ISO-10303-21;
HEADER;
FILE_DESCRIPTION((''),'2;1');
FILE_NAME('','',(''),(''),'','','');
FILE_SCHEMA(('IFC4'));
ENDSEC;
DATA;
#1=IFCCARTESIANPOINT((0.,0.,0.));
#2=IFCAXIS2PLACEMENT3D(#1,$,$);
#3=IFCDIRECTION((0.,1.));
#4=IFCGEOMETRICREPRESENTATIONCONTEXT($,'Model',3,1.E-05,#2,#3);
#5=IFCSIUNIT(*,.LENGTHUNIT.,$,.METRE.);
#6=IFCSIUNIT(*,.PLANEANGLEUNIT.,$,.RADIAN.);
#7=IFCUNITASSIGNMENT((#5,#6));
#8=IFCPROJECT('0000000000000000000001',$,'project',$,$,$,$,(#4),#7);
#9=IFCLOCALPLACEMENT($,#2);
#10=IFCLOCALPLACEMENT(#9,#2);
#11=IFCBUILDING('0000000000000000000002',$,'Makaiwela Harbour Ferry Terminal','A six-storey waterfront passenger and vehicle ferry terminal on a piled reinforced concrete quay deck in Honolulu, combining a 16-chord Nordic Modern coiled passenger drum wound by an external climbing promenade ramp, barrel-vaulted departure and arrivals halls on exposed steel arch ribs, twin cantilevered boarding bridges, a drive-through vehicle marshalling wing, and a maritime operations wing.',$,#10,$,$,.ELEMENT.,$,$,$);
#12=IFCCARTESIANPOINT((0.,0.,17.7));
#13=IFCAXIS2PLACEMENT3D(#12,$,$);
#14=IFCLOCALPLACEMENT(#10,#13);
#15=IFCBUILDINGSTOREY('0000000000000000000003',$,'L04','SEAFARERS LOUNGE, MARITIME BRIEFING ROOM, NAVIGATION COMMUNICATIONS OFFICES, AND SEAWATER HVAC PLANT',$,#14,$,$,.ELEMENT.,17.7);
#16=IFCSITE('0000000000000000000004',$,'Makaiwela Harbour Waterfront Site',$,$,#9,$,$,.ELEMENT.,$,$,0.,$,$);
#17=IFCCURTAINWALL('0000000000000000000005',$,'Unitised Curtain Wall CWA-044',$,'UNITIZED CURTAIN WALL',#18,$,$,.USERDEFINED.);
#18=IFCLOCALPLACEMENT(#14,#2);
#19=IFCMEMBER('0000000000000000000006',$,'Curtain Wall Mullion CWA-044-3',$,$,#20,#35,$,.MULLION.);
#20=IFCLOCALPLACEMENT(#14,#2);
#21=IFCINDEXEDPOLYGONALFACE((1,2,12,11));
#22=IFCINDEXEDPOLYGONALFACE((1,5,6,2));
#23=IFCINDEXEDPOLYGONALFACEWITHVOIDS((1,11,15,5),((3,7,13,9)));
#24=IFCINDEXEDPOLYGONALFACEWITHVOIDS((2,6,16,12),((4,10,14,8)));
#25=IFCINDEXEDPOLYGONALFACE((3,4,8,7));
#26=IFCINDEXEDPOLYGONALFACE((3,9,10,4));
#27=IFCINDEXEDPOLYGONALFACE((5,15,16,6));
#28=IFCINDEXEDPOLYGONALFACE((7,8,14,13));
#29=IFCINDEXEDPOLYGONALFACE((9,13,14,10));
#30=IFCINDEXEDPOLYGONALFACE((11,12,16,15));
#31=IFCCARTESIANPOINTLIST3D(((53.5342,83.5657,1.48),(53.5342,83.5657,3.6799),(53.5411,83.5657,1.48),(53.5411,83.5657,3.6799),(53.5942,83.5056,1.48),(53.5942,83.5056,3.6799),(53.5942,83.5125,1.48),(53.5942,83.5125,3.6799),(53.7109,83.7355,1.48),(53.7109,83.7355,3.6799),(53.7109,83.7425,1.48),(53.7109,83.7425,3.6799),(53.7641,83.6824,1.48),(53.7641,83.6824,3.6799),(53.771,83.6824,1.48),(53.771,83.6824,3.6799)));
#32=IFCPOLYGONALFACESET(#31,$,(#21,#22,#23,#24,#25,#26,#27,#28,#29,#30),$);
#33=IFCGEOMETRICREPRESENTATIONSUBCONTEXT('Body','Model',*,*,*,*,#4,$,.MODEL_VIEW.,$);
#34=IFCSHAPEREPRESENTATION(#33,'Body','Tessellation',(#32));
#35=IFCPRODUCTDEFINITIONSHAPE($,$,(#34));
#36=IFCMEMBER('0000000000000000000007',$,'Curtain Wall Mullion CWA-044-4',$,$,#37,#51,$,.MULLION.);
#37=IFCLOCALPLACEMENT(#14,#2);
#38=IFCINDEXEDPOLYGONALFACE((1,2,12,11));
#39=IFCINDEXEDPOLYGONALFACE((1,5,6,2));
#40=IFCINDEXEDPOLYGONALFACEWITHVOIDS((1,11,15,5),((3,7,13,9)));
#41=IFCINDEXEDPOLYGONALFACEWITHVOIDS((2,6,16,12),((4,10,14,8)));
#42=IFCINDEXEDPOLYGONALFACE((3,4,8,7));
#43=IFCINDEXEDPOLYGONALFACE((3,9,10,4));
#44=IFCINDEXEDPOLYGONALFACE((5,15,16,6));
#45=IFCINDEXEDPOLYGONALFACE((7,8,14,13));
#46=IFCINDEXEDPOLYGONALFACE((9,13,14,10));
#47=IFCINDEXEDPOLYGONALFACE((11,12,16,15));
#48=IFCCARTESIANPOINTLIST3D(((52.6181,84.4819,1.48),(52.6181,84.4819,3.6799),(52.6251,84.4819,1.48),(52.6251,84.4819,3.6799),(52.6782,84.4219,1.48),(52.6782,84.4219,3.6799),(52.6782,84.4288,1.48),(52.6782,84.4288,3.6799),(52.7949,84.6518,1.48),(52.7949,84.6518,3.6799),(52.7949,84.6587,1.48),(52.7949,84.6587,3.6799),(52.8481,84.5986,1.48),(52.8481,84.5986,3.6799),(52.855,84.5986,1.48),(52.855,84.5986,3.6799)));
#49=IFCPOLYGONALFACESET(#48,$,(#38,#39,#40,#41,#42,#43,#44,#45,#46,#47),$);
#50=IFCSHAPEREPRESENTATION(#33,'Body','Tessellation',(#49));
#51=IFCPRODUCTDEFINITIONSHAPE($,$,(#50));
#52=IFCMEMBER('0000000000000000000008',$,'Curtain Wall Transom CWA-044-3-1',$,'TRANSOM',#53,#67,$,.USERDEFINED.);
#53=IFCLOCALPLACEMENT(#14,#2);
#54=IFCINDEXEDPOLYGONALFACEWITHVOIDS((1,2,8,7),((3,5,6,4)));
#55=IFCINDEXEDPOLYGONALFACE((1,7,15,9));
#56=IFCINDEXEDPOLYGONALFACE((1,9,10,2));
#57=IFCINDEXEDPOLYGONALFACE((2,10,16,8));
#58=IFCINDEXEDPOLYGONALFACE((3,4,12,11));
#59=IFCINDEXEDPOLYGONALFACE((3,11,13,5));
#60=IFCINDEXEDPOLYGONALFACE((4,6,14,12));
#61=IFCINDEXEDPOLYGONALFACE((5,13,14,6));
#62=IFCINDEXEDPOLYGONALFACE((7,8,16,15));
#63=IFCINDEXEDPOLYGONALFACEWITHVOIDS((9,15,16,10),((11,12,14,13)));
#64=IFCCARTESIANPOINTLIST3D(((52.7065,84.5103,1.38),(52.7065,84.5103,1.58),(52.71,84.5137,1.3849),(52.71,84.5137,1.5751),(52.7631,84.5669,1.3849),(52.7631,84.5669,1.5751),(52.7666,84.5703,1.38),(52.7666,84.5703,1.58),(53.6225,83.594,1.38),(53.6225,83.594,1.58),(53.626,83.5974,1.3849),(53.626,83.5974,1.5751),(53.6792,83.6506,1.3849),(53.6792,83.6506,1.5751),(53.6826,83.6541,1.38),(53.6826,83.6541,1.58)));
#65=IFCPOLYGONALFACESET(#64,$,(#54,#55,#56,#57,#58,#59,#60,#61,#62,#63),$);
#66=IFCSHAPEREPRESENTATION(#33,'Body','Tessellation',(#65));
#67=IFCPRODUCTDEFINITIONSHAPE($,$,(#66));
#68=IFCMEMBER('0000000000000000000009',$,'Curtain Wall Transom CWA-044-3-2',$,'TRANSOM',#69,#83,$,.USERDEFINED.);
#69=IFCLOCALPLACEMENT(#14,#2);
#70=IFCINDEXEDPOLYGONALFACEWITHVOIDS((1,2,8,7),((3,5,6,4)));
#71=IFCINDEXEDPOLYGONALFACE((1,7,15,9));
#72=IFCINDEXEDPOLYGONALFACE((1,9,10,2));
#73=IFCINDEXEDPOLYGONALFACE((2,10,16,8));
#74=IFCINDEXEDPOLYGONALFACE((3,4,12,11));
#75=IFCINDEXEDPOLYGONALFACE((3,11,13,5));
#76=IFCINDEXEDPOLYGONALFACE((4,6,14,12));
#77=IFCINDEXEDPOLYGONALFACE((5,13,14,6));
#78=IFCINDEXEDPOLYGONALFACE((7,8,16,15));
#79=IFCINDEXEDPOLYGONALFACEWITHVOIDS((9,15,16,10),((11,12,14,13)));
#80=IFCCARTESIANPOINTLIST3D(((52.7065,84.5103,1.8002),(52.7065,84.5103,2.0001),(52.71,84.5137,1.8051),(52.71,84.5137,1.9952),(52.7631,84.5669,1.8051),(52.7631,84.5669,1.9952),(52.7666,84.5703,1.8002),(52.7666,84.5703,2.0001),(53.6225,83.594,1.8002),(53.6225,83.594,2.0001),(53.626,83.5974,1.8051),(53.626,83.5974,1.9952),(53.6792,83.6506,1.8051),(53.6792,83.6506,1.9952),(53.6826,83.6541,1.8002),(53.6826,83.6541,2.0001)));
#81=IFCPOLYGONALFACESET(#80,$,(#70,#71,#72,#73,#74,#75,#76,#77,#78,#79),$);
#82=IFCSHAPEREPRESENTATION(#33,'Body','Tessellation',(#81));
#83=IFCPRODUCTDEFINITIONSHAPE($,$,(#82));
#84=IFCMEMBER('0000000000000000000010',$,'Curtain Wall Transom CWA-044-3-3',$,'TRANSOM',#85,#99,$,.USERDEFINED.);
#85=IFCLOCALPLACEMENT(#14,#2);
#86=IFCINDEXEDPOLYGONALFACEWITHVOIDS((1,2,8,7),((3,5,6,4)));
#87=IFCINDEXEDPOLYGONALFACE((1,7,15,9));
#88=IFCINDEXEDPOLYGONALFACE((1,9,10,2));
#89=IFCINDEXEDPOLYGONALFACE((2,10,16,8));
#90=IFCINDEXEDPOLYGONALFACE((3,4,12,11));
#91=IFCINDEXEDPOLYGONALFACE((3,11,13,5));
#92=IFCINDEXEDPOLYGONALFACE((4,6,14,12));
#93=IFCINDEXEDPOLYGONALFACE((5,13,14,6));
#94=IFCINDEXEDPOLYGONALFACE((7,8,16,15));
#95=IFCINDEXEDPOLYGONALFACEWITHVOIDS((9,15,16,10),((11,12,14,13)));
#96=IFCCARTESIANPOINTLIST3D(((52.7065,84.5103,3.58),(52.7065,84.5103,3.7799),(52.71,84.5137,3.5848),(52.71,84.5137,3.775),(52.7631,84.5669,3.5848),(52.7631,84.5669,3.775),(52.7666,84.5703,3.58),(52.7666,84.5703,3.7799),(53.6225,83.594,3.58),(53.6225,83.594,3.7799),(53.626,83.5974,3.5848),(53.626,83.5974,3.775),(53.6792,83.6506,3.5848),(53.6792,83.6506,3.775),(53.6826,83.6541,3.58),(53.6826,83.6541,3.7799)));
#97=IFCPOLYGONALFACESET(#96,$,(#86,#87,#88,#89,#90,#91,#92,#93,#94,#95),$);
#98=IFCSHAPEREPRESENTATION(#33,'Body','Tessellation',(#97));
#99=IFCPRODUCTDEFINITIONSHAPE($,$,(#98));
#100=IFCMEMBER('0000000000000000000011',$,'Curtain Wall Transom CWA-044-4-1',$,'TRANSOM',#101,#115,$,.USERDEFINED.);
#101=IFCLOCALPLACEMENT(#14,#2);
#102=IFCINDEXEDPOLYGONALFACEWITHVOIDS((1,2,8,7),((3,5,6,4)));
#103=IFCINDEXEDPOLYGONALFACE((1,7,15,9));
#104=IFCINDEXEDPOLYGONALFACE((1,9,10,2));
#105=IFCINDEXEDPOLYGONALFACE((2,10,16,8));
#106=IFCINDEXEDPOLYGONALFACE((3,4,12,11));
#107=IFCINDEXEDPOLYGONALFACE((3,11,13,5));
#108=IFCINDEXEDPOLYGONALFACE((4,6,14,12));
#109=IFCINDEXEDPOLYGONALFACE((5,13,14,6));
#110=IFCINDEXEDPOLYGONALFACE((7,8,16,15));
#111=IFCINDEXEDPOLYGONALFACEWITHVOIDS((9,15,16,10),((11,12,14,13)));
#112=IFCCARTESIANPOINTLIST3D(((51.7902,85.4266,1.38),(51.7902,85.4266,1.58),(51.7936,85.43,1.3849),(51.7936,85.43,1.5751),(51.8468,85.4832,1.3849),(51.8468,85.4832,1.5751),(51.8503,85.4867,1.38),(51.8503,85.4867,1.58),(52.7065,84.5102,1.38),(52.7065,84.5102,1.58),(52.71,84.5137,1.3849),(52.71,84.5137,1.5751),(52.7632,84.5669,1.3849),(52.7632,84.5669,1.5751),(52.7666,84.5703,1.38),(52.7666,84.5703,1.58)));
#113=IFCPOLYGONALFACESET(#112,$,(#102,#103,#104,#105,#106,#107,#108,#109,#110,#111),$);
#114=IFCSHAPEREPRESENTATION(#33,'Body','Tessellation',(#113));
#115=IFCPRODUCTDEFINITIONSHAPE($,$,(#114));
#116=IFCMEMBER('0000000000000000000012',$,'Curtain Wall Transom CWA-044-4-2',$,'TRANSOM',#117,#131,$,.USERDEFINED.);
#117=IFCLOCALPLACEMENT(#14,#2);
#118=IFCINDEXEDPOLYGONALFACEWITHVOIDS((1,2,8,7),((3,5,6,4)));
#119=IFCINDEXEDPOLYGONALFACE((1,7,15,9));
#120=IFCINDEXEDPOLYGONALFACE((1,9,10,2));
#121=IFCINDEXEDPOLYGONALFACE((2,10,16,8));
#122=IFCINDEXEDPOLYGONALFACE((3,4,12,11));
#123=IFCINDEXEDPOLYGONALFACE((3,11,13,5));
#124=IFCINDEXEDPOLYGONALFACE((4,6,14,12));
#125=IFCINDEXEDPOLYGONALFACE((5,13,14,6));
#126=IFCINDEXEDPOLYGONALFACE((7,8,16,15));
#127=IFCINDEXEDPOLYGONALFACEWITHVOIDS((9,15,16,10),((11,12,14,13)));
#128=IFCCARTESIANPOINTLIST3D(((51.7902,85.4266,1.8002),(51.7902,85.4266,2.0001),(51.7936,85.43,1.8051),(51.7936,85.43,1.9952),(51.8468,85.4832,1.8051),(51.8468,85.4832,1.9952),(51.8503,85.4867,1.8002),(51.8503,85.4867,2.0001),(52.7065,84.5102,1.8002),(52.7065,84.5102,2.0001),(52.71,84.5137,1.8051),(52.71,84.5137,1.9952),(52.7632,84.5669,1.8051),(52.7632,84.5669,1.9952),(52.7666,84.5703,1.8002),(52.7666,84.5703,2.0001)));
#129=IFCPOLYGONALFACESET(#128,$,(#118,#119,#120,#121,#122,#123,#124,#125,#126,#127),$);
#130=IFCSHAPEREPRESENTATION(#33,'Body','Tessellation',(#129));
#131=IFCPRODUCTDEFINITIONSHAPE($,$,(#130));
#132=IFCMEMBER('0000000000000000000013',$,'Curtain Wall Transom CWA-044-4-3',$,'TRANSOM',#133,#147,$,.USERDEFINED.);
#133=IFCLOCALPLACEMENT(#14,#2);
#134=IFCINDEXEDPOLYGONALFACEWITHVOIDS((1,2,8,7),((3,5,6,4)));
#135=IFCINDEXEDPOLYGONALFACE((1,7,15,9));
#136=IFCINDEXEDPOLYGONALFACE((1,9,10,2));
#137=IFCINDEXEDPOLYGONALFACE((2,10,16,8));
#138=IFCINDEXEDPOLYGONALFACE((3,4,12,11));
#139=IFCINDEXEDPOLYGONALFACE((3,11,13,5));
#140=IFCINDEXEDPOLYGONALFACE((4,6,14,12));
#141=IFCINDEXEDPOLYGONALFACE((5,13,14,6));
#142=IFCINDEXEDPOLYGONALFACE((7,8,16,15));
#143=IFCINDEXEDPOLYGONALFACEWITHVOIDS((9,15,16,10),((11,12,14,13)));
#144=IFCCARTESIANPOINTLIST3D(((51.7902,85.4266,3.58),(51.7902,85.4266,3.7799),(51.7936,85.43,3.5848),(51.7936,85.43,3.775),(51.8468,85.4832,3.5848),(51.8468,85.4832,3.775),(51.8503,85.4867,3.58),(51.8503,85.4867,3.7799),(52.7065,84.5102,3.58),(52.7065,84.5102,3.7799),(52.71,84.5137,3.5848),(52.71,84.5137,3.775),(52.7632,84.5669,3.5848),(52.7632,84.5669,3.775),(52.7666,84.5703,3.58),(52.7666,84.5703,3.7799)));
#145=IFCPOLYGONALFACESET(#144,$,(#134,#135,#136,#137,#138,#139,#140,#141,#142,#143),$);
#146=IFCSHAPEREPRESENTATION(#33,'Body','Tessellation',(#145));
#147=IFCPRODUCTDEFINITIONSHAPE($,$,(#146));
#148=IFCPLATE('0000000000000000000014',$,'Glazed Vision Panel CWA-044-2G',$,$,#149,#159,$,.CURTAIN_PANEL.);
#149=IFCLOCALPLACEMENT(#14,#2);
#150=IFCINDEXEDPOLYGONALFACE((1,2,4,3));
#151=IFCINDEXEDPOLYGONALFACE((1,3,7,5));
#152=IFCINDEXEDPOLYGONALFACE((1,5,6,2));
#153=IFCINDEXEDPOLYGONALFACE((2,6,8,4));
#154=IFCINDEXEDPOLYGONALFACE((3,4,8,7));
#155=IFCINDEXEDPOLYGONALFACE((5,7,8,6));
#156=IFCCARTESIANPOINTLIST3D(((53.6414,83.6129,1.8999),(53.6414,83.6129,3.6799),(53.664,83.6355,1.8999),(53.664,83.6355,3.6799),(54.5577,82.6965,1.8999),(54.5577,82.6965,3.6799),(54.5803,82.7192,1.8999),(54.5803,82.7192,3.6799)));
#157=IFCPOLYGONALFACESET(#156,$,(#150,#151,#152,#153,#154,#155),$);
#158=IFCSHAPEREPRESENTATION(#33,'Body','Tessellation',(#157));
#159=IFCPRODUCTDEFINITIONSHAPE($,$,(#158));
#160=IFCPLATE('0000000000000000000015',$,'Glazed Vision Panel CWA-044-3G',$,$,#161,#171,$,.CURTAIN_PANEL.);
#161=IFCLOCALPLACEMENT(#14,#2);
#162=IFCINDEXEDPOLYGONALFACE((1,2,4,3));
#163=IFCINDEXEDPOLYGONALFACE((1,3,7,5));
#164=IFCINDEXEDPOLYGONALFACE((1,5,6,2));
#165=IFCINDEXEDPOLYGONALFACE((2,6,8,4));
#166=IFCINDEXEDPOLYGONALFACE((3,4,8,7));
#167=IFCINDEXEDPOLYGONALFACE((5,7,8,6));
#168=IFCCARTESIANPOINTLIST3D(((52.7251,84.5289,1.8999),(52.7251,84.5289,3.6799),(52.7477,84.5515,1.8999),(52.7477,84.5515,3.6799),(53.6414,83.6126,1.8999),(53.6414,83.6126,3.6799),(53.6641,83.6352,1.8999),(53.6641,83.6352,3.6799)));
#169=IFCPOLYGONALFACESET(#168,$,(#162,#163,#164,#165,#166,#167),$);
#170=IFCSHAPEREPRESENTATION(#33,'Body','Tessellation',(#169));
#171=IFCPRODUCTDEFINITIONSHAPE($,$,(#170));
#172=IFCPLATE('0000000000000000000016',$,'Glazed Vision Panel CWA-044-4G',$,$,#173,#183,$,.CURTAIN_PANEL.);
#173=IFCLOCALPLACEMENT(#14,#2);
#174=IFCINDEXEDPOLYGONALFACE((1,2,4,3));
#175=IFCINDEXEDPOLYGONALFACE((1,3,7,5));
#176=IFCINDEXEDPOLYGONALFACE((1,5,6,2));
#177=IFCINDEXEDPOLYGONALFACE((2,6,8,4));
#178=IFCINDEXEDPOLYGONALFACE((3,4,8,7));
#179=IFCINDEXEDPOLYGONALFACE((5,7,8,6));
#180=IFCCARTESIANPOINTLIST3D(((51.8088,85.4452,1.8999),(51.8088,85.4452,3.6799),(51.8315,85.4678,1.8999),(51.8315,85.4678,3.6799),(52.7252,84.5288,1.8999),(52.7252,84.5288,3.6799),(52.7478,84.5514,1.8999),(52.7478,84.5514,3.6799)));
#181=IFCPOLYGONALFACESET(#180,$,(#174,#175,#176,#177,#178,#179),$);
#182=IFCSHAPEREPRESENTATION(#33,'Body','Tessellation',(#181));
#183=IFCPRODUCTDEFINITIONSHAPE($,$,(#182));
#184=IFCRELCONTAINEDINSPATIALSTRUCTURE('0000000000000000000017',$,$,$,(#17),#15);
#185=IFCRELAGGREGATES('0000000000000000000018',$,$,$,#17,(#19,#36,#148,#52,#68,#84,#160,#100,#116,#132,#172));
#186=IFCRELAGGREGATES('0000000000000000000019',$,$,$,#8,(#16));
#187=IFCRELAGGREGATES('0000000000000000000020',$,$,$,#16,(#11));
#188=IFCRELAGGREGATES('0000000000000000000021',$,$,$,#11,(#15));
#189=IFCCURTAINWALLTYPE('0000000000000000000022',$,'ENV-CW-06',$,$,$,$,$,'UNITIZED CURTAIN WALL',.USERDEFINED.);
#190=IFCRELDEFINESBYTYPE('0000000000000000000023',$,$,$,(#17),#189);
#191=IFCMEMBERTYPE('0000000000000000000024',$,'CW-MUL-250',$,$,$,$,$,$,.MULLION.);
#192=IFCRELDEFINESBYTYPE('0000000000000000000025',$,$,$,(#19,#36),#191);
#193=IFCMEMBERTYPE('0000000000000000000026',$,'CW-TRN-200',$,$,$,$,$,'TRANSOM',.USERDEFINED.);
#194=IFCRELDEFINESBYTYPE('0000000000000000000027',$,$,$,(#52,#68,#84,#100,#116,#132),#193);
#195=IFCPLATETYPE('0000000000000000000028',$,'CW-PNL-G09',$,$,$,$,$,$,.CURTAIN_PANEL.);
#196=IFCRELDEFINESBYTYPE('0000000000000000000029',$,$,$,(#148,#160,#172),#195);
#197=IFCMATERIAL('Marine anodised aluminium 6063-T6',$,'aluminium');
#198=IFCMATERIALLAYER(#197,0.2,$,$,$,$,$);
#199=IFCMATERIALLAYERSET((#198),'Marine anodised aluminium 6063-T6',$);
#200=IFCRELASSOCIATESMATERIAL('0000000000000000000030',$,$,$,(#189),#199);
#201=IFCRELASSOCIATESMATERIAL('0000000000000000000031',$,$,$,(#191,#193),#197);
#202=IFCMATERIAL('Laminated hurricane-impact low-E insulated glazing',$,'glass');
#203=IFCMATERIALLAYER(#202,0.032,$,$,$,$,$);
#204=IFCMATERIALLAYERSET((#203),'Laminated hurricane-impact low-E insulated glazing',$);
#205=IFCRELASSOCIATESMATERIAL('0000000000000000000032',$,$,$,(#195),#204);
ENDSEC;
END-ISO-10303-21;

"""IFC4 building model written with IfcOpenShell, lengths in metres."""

from ifc_helpers import new_model, si_unit, direction, frame, origin, origin_2d, place, context, subcontext, project, spatial, rectangle, hollow_rectangle, extrude, material, layer, layer_set, material_profile, profile_set, type_object, element, aggregate, save


model = new_model("IFC4")

# Units and contexts
model_context = context("Model", 3, precision=1e-05, world=origin(), true_north=direction((0.0, 1.0)))
body_context = subcontext(model_context, "Body", "Model", "MODEL_VIEW")
ifc_project = project(units=[si_unit("LENGTHUNIT", "METRE"), si_unit("PLANEANGLEUNIT", "RADIAN")], contexts=[model_context])

# Site, building, storey
site_placement = place(None, origin())
site = spatial("IfcSite", under=ifc_project, at=site_placement, Name="Makaiwela Harbour Waterfront Site", CompositionType="ELEMENT", RefElevation=0.0)
building_placement = place(site_placement, origin())
building = spatial("IfcBuilding", under=site, at=building_placement, Name="Makaiwela Harbour Ferry Terminal", Description="A six-storey waterfront passenger and vehicle ferry terminal on a piled reinforced concrete quay deck in Honolulu, combining a 16-chord Nordic Modern coiled passenger drum wound by an external climbing promenade ramp, barrel-vaulted departure and arrivals halls on exposed steel arch ribs, twin cantilevered boarding bridges, a drive-through vehicle marshalling wing, and a maritime operations wing.", CompositionType="ELEMENT")
storey_placement = place(building_placement, frame((0.0, 0.0, 17.7)))
storey = spatial("IfcBuildingStorey", under=building, at=storey_placement, Name="L04", Description="SEAFARERS LOUNGE, MARITIME BRIEFING ROOM, NAVIGATION COMMUNICATIONS OFFICES, AND SEAWATER HVAC PLANT", CompositionType="ELEMENT", Elevation=17.7)

# Curtain wall, members, plates
ifc_material_1 = material(Name="Marine anodised aluminium 6063-T6", Category="aluminium")
ifc_layer_1 = layer(ifc_material_1, 0.2)
ifc_layer_set_1 = layer_set([ifc_layer_1], Name="Marine anodised aluminium 6063-T6")
curtain_wall_type = type_object("IfcCurtainWallType", Name="ENV-CW-06", ElementType="UNITIZED CURTAIN WALL", PredefinedType="USERDEFINED", material=ifc_layer_set_1)
curtain_wall_placement = place(storey_placement, origin())
curtain_wall = element("IfcCurtainWall", 1, at=curtain_wall_placement, inside=storey, type_object=curtain_wall_type, Name="Unitised Curtain Wall CWA-044", ObjectType="UNITIZED CURTAIN WALL", PredefinedType="USERDEFINED")
ifc_material_profile_1 = material_profile(ifc_material_1, hollow_rectangle(XDim=0.085, YDim=0.25, WallThickness=0.0049, at=origin_2d()), Name="CWM-250X85")
ifc_profile_set_1 = profile_set([ifc_material_profile_1], Name="Marine anodised aluminium 6063-T6")
member_type_1 = type_object("IfcMemberType", Name="CW-MUL-250", PredefinedType="MULLION", material=ifc_profile_set_1)
member_1_placement = place(storey_placement, frame((53.6526, 83.624, 1.48), z_axis=(0.0, 0.0, 1.0), x_axis=(-0.707107, 0.707107, 0.0)))
member_1 = element("IfcMember", 2, at=member_1_placement, type_object=member_type_1, Name="Curtain Wall Mullion CWA-044-3", PredefinedType="MULLION", context=body_context, shape_type="SweptSolid", body=[
    extrude(hollow_rectangle(XDim=0.085, YDim=0.25, WallThickness=0.0049, at=origin_2d()), origin(), (0.0, 0.0, 1.0), 2.2),
])
member_2_placement = place(storey_placement, frame((52.7366, 84.5403, 1.48), z_axis=(0.0, 0.0, 1.0), x_axis=(-0.707107, 0.707107, 0.0)))
member_2 = element("IfcMember", 3, at=member_2_placement, type_object=member_type_1, Name="Curtain Wall Mullion CWA-044-4", PredefinedType="MULLION", context=body_context, shape_type="SweptSolid", body=[
    extrude(hollow_rectangle(XDim=0.085, YDim=0.25, WallThickness=0.0049, at=origin_2d()), origin(), (0.0, 0.0, 1.0), 2.2),
])
ifc_material_profile_2 = material_profile(ifc_material_1, hollow_rectangle(XDim=0.085, YDim=0.2, WallThickness=0.0049, at=origin_2d()), Name="CWT-200X85")
ifc_profile_set_2 = profile_set([ifc_material_profile_2], Name="Marine anodised aluminium 6063-T6")
member_type_2 = type_object("IfcMemberType", Name="CW-TRN-200", ElementType="TRANSOM", PredefinedType="USERDEFINED", material=ifc_profile_set_2)
member_3_placement = place(storey_placement, frame((53.6526, 83.624, 1.48), z_axis=(-0.707013, 0.707201, 0.0), x_axis=(-0.707201, -0.707013, 0.0)))
member_3 = element("IfcMember", 4, at=member_3_placement, type_object=member_type_2, Name="Curtain Wall Transom CWA-044-3-1", ObjectType="TRANSOM", PredefinedType="USERDEFINED", context=body_context, shape_type="SweptSolid", body=[
    extrude(hollow_rectangle(XDim=0.085, YDim=0.2, WallThickness=0.0049, at=origin_2d()), origin(), (0.0, 0.0, 1.0), 1.2957),
])
member_4_placement = place(storey_placement, frame((53.6526, 83.624, 1.9001), z_axis=(-0.707013, 0.707201, 0.0), x_axis=(-0.707201, -0.707013, 0.0)))
member_4 = element("IfcMember", 5, at=member_4_placement, type_object=member_type_2, Name="Curtain Wall Transom CWA-044-3-2", ObjectType="TRANSOM", PredefinedType="USERDEFINED", context=body_context, shape_type="SweptSolid", body=[
    extrude(hollow_rectangle(XDim=0.085, YDim=0.2, WallThickness=0.0049, at=origin_2d()), origin(), (0.0, 0.0, 1.0), 1.2957),
])
member_5_placement = place(storey_placement, frame((53.6526, 83.624, 3.6799), z_axis=(-0.707013, 0.707201, 0.0), x_axis=(-0.707201, -0.707013, 0.0)))
member_5 = element("IfcMember", 6, at=member_5_placement, type_object=member_type_2, Name="Curtain Wall Transom CWA-044-3-3", ObjectType="TRANSOM", PredefinedType="USERDEFINED", context=body_context, shape_type="SweptSolid", body=[
    extrude(hollow_rectangle(XDim=0.085, YDim=0.2, WallThickness=0.0049, at=origin_2d()), origin(), (0.0, 0.0, 1.0), 1.2957),
])
member_6_placement = place(storey_placement, frame((52.7366, 84.5403, 1.48), z_axis=(-0.707107, 0.707107, 0.0), x_axis=(-0.707107, -0.707107, 0.0)))
member_6 = element("IfcMember", 7, at=member_6_placement, type_object=member_type_2, Name="Curtain Wall Transom CWA-044-4-1", ObjectType="TRANSOM", PredefinedType="USERDEFINED", context=body_context, shape_type="SweptSolid", body=[
    extrude(hollow_rectangle(XDim=0.085, YDim=0.2, WallThickness=0.0049, at=origin_2d()), origin(), (0.0, 0.0, 1.0), 1.2959),
])
member_7_placement = place(storey_placement, frame((52.7366, 84.5403, 1.9001), z_axis=(-0.707107, 0.707107, 0.0), x_axis=(-0.707107, -0.707107, 0.0)))
member_7 = element("IfcMember", 8, at=member_7_placement, type_object=member_type_2, Name="Curtain Wall Transom CWA-044-4-2", ObjectType="TRANSOM", PredefinedType="USERDEFINED", context=body_context, shape_type="SweptSolid", body=[
    extrude(hollow_rectangle(XDim=0.085, YDim=0.2, WallThickness=0.0049, at=origin_2d()), origin(), (0.0, 0.0, 1.0), 1.2959),
])
member_8_placement = place(storey_placement, frame((52.7366, 84.5403, 3.6799), z_axis=(-0.707107, 0.707107, 0.0), x_axis=(-0.707107, -0.707107, 0.0)))
member_8 = element("IfcMember", 9, at=member_8_placement, type_object=member_type_2, Name="Curtain Wall Transom CWA-044-4-3", ObjectType="TRANSOM", PredefinedType="USERDEFINED", context=body_context, shape_type="SweptSolid", body=[
    extrude(hollow_rectangle(XDim=0.085, YDim=0.2, WallThickness=0.0049, at=origin_2d()), origin(), (0.0, 0.0, 1.0), 1.2959),
])
ifc_material_2 = material(Name="Laminated hurricane-impact low-E insulated glazing", Category="glass")
ifc_layer_2 = layer(ifc_material_2, 0.032)
ifc_layer_set_2 = layer_set([ifc_layer_2], Name="Laminated hurricane-impact low-E insulated glazing")
plate_type_1 = type_object("IfcPlateType", Name="CW-PNL-G09", PredefinedType="CURTAIN_PANEL", material=ifc_layer_set_2)
plate_1_placement = place(storey_placement, frame((54.1108, 83.166, 1.8999), z_axis=(0.0, 0.0, 1.0), x_axis=(-0.707107, 0.707107, 0.0)))
plate_1 = element("IfcPlate", 10, at=plate_1_placement, type_object=plate_type_1, Name="Glazed Vision Panel CWA-044-2G", PredefinedType="CURTAIN_PANEL", context=body_context, shape_type="SweptSolid", body=[
    extrude(rectangle(XDim=1.2959, YDim=0.032, at=origin_2d()), origin(), (0.0, 0.0, 1.0), 1.78),
])
plate_2_placement = place(storey_placement, frame((53.1946, 84.082, 1.8999), z_axis=(0.0, 0.0, 1.0), x_axis=(-0.707107, 0.707107, 0.0)))
plate_2 = element("IfcPlate", 11, at=plate_2_placement, type_object=plate_type_1, Name="Glazed Vision Panel CWA-044-3G", PredefinedType="CURTAIN_PANEL", context=body_context, shape_type="SweptSolid", body=[
    extrude(rectangle(XDim=1.2959, YDim=0.032, at=origin_2d()), origin(), (0.0, 0.0, 1.0), 1.78),
])
plate_3_placement = place(storey_placement, frame((52.2783, 84.9983, 1.8999), z_axis=(0.0, 0.0, 1.0), x_axis=(-0.707107, 0.707107, 0.0)))
plate_3 = element("IfcPlate", 12, at=plate_3_placement, type_object=plate_type_1, Name="Glazed Vision Panel CWA-044-4G", PredefinedType="CURTAIN_PANEL", context=body_context, shape_type="SweptSolid", body=[
    extrude(rectangle(XDim=1.2959, YDim=0.032, at=origin_2d()), origin(), (0.0, 0.0, 1.0), 1.78),
])
aggregate(curtain_wall, [member_1, member_2, plate_1, member_3, member_4, member_5, plate_2, member_6, member_7, member_8, plate_3])

save(model, "model.ifc")
